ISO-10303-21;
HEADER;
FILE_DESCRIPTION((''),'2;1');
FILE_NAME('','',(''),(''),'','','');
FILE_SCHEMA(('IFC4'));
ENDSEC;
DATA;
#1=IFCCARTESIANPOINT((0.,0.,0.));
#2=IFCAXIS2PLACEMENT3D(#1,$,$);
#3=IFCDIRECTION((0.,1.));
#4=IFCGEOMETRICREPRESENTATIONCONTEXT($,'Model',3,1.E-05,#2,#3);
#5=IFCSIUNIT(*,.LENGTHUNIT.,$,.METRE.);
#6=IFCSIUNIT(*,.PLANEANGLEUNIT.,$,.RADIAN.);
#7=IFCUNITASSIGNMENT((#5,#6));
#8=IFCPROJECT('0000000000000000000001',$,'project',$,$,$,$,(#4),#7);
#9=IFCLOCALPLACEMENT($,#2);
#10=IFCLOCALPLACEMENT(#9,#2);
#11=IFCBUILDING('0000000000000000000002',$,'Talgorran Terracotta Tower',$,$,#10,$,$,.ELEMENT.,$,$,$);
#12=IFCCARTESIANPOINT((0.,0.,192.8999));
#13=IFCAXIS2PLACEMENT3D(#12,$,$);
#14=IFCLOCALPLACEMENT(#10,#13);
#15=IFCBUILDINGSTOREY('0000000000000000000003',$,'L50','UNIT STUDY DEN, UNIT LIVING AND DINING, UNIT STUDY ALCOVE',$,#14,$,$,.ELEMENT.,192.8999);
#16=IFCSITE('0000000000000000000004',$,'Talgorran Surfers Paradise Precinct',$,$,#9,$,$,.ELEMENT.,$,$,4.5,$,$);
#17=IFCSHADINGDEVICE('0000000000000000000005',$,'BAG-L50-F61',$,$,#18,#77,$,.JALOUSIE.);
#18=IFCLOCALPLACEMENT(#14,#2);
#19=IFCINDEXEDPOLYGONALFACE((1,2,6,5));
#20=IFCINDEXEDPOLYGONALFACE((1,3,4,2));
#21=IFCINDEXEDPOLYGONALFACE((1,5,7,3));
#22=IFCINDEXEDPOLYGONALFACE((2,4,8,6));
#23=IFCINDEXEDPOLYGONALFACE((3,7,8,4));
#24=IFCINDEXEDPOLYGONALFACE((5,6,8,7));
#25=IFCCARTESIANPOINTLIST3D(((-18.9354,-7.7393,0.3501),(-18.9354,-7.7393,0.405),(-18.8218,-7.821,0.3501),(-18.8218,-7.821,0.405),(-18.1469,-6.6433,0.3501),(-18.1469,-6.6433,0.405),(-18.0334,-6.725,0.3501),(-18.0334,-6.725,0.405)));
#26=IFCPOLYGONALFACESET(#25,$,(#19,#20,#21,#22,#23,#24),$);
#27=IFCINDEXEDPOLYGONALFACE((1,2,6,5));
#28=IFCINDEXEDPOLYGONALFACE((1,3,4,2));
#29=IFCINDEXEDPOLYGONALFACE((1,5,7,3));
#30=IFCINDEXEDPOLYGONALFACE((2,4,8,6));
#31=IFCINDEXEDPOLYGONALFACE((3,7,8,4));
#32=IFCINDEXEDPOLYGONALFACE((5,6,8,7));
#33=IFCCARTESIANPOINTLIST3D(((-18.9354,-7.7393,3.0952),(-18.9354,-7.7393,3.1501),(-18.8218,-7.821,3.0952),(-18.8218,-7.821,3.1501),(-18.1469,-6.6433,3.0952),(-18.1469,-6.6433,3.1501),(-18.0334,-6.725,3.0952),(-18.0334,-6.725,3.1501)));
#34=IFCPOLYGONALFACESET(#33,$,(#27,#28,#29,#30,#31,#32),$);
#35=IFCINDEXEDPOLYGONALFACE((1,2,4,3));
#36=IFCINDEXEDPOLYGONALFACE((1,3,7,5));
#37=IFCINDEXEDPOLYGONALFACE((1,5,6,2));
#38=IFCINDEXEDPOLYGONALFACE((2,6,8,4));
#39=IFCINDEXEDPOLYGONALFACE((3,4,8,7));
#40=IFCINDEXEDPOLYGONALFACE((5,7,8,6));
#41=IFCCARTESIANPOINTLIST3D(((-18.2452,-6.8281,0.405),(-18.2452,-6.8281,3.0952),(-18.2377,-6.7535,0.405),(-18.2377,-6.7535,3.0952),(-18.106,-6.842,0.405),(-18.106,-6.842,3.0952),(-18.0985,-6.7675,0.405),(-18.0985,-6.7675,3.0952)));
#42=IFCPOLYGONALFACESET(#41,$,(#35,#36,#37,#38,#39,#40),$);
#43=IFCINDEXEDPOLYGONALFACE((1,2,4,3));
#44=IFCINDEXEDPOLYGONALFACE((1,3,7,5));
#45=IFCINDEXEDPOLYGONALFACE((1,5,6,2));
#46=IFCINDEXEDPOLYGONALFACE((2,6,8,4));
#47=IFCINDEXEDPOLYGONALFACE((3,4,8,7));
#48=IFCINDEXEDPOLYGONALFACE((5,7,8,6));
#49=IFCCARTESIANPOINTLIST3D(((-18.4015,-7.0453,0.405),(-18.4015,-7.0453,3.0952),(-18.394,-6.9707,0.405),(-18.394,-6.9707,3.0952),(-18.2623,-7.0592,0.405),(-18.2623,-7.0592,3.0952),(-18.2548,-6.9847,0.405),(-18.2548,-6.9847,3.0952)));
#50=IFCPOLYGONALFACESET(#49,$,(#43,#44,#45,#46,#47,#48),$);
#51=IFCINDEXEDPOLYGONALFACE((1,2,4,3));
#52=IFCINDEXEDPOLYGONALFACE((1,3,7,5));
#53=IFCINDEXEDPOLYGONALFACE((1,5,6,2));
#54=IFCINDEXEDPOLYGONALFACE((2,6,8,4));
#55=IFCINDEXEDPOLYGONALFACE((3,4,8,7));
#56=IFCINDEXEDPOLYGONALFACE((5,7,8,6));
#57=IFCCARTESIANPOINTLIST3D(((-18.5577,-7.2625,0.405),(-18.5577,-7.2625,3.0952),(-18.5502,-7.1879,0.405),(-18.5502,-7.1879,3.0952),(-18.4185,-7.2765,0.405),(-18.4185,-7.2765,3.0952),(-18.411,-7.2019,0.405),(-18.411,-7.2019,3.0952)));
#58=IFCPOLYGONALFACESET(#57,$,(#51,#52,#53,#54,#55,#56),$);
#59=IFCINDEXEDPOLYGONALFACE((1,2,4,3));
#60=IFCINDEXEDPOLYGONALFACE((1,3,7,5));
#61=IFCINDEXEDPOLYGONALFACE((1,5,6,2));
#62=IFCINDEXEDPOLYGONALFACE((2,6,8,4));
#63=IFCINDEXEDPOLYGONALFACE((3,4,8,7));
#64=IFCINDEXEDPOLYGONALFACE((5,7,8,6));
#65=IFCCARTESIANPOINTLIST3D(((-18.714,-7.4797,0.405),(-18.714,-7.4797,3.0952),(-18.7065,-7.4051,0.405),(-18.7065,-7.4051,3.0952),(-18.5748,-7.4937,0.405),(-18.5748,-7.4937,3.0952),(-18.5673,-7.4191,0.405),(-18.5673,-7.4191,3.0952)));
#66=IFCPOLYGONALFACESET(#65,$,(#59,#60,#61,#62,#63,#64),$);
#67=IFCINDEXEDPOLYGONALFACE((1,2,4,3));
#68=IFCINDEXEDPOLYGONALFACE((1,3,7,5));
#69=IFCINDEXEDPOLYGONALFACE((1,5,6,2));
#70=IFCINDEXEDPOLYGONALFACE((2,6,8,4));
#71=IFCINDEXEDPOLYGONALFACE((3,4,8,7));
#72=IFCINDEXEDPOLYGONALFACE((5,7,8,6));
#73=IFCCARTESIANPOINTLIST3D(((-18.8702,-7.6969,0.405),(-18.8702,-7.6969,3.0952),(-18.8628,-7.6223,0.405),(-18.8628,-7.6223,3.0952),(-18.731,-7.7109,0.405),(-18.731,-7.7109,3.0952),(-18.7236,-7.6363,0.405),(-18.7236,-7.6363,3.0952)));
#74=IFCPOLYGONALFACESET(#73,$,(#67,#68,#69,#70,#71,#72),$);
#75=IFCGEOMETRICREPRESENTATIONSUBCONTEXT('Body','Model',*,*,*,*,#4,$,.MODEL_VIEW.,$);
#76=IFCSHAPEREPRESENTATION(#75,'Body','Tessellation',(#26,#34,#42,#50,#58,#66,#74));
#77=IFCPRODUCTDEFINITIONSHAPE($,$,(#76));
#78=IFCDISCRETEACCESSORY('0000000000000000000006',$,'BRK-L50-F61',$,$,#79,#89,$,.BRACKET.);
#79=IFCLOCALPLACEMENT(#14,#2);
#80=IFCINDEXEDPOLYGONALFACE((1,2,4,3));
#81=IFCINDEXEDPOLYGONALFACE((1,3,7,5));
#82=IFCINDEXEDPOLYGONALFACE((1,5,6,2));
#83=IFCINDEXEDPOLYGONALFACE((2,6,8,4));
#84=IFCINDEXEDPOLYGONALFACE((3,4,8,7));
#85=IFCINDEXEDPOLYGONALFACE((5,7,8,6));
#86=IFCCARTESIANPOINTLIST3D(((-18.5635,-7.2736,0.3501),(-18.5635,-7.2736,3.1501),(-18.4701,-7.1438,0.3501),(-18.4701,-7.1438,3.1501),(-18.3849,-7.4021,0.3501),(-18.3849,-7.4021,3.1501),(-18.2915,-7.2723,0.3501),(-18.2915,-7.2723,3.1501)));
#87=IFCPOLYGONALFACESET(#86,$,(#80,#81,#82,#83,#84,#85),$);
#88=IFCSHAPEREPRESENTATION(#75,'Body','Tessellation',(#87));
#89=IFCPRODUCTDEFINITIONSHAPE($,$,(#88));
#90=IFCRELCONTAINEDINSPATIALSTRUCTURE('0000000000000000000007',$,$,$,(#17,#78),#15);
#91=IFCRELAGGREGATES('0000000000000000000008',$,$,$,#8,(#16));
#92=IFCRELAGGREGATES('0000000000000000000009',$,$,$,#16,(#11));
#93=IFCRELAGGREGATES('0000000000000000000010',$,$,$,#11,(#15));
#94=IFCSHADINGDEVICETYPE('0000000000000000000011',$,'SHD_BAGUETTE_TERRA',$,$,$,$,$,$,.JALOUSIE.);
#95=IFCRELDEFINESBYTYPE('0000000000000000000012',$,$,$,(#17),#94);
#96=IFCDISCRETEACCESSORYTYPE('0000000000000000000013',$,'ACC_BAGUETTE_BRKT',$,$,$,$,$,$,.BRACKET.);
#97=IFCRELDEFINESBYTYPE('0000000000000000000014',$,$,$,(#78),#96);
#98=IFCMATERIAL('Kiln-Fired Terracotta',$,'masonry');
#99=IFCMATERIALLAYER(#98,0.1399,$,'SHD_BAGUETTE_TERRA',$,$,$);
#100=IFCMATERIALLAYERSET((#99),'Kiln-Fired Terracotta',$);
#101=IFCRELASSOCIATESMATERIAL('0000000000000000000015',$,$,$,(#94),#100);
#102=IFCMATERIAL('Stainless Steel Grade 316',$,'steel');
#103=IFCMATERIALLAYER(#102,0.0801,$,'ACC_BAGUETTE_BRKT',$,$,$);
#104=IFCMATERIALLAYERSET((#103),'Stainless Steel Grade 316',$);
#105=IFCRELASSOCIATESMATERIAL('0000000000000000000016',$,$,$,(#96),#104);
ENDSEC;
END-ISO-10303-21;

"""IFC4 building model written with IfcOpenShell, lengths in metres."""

from ifc_helpers import new_model, si_unit, direction, frame, origin, origin_2d, place, context, subcontext, project, spatial, rectangle, extrude, source, transform, mapped, material, layer, layer_set, type_object, type_shapes, element, save


model = new_model("IFC4")

# Units and contexts
model_context = context("Model", 3, precision=1e-05, world=origin(), true_north=direction((0.0, 1.0)))
body_context = subcontext(model_context, "Body", "Model", "MODEL_VIEW")
ifc_project = project(units=[si_unit("LENGTHUNIT", "METRE"), si_unit("PLANEANGLEUNIT", "RADIAN")], contexts=[model_context])

# Site, building, storey
site_placement = place(None, origin())
site = spatial("IfcSite", under=ifc_project, at=site_placement, Name="Talgorran Surfers Paradise Precinct", CompositionType="ELEMENT", RefElevation=4.5)
building_placement = place(site_placement, origin())
building = spatial("IfcBuilding", under=site, at=building_placement, Name="Talgorran Terracotta Tower", CompositionType="ELEMENT")
storey_placement = place(building_placement, frame((0.0, 0.0, 192.8999)))
storey = spatial("IfcBuildingStorey", under=building, at=storey_placement, Name="L50", Description="UNIT STUDY DEN, UNIT LIVING AND DINING, UNIT STUDY ALCOVE", CompositionType="ELEMENT", Elevation=192.8999)

# Shading device
ifc_material_1 = material(Name="Kiln-Fired Terracotta", Category="masonry")
ifc_layer_1 = layer(ifc_material_1, 0.1399, Name="SHD_BAGUETTE_TERRA")
ifc_layer_set_1 = layer_set([ifc_layer_1], Name="Kiln-Fired Terracotta")
shading_device_type = type_object("IfcShadingDeviceType", Name="SHD_BAGUETTE_TERRA", PredefinedType="JALOUSIE", material=ifc_layer_set_1)
shared_shape_1 = source(origin(), body_context, "Body", "SweptSolid", [
    extrude(rectangle(XDim=1.3501, YDim=0.1399, at=origin_2d()), origin(), (0.0, 0.0, 1.0), 0.0549),
    extrude(rectangle(XDim=1.3501, YDim=0.1399, at=origin_2d()), frame((0.0, 0.0, 2.7451)), (0.0, 0.0, 1.0), 0.0549),
    extrude(rectangle(XDim=0.075, YDim=0.1399, at=origin_2d()), frame((-0.5352, 0.0, 0.0549), z_axis=(0.0, 0.0, 1.0), x_axis=(0.866025, 0.5, 0.0)), (0.0, 0.0, 1.0), 2.6902),
    extrude(rectangle(XDim=0.075, YDim=0.1399, at=origin_2d()), frame((-0.2676, 0.0, 0.0549), z_axis=(0.0, 0.0, 1.0), x_axis=(0.866025, 0.5, 0.0)), (0.0, 0.0, 1.0), 2.6902),
    extrude(rectangle(XDim=0.075, YDim=0.1399, at=origin_2d()), frame((0.0, 0.0, 0.0549), z_axis=(0.0, 0.0, 1.0), x_axis=(0.866025, 0.5, 0.0)), (0.0, 0.0, 1.0), 2.6902),
    extrude(rectangle(XDim=0.075, YDim=0.1399, at=origin_2d()), frame((0.2676, 0.0, 0.0549), z_axis=(0.0, 0.0, 1.0), x_axis=(0.866025, 0.5, 0.0)), (0.0, 0.0, 1.0), 2.6902),
    extrude(rectangle(XDim=0.075, YDim=0.1399, at=origin_2d()), frame((0.5352, 0.0, 0.0549), z_axis=(0.0, 0.0, 1.0), x_axis=(0.866025, 0.5, 0.0)), (0.0, 0.0, 1.0), 2.6902),
])
type_shapes(shading_device_type, [shared_shape_1])
shading_device_placement = place(storey_placement, frame((-18.4844, -7.2322, 0.3501), z_axis=(0.0, 0.0, 1.0), x_axis=(-0.583981, -0.811768, 0.0)))
element("IfcShadingDevice", 1, at=shading_device_placement, inside=storey, type_object=shading_device_type, Name="BAG-L50-F61", PredefinedType="JALOUSIE", context=body_context, shape_type="MappedRepresentation", body=[
    mapped(shared_shape_1, transform((0.0, 0.0, 0.0), scale=1.0)),
])

# Discrete accessory
ifc_material_2 = material(Name="Stainless Steel Grade 316", Category="steel")
ifc_layer_2 = layer(ifc_material_2, 0.0801, Name="ACC_BAGUETTE_BRKT")
ifc_layer_set_2 = layer_set([ifc_layer_2], Name="Stainless Steel Grade 316")
discrete_accessory_type = type_object("IfcDiscreteAccessoryType", Name="ACC_BAGUETTE_BRKT", PredefinedType="BRACKET", material=ifc_layer_set_2)
shared_shape_2 = source(origin(), body_context, "Body", "SweptSolid", [
    extrude(rectangle(XDim=0.1599, YDim=0.22, at=origin_2d()), origin(), (0.0, 0.0, 1.0), 2.8),
])
type_shapes(discrete_accessory_type, [shared_shape_2])
discrete_accessory_placement = place(storey_placement, frame((-18.4275, -7.2729, 0.3501), z_axis=(0.0, 0.0, 1.0), x_axis=(-0.583981, -0.811768, 0.0)))
element("IfcDiscreteAccessory", 2, at=discrete_accessory_placement, inside=storey, type_object=discrete_accessory_type, Name="BRK-L50-F61", PredefinedType="BRACKET", context=body_context, shape_type="MappedRepresentation", body=[
    mapped(shared_shape_2, transform((0.0, 0.0, 0.0), scale=1.0)),
])

save(model, "model.ifc")
